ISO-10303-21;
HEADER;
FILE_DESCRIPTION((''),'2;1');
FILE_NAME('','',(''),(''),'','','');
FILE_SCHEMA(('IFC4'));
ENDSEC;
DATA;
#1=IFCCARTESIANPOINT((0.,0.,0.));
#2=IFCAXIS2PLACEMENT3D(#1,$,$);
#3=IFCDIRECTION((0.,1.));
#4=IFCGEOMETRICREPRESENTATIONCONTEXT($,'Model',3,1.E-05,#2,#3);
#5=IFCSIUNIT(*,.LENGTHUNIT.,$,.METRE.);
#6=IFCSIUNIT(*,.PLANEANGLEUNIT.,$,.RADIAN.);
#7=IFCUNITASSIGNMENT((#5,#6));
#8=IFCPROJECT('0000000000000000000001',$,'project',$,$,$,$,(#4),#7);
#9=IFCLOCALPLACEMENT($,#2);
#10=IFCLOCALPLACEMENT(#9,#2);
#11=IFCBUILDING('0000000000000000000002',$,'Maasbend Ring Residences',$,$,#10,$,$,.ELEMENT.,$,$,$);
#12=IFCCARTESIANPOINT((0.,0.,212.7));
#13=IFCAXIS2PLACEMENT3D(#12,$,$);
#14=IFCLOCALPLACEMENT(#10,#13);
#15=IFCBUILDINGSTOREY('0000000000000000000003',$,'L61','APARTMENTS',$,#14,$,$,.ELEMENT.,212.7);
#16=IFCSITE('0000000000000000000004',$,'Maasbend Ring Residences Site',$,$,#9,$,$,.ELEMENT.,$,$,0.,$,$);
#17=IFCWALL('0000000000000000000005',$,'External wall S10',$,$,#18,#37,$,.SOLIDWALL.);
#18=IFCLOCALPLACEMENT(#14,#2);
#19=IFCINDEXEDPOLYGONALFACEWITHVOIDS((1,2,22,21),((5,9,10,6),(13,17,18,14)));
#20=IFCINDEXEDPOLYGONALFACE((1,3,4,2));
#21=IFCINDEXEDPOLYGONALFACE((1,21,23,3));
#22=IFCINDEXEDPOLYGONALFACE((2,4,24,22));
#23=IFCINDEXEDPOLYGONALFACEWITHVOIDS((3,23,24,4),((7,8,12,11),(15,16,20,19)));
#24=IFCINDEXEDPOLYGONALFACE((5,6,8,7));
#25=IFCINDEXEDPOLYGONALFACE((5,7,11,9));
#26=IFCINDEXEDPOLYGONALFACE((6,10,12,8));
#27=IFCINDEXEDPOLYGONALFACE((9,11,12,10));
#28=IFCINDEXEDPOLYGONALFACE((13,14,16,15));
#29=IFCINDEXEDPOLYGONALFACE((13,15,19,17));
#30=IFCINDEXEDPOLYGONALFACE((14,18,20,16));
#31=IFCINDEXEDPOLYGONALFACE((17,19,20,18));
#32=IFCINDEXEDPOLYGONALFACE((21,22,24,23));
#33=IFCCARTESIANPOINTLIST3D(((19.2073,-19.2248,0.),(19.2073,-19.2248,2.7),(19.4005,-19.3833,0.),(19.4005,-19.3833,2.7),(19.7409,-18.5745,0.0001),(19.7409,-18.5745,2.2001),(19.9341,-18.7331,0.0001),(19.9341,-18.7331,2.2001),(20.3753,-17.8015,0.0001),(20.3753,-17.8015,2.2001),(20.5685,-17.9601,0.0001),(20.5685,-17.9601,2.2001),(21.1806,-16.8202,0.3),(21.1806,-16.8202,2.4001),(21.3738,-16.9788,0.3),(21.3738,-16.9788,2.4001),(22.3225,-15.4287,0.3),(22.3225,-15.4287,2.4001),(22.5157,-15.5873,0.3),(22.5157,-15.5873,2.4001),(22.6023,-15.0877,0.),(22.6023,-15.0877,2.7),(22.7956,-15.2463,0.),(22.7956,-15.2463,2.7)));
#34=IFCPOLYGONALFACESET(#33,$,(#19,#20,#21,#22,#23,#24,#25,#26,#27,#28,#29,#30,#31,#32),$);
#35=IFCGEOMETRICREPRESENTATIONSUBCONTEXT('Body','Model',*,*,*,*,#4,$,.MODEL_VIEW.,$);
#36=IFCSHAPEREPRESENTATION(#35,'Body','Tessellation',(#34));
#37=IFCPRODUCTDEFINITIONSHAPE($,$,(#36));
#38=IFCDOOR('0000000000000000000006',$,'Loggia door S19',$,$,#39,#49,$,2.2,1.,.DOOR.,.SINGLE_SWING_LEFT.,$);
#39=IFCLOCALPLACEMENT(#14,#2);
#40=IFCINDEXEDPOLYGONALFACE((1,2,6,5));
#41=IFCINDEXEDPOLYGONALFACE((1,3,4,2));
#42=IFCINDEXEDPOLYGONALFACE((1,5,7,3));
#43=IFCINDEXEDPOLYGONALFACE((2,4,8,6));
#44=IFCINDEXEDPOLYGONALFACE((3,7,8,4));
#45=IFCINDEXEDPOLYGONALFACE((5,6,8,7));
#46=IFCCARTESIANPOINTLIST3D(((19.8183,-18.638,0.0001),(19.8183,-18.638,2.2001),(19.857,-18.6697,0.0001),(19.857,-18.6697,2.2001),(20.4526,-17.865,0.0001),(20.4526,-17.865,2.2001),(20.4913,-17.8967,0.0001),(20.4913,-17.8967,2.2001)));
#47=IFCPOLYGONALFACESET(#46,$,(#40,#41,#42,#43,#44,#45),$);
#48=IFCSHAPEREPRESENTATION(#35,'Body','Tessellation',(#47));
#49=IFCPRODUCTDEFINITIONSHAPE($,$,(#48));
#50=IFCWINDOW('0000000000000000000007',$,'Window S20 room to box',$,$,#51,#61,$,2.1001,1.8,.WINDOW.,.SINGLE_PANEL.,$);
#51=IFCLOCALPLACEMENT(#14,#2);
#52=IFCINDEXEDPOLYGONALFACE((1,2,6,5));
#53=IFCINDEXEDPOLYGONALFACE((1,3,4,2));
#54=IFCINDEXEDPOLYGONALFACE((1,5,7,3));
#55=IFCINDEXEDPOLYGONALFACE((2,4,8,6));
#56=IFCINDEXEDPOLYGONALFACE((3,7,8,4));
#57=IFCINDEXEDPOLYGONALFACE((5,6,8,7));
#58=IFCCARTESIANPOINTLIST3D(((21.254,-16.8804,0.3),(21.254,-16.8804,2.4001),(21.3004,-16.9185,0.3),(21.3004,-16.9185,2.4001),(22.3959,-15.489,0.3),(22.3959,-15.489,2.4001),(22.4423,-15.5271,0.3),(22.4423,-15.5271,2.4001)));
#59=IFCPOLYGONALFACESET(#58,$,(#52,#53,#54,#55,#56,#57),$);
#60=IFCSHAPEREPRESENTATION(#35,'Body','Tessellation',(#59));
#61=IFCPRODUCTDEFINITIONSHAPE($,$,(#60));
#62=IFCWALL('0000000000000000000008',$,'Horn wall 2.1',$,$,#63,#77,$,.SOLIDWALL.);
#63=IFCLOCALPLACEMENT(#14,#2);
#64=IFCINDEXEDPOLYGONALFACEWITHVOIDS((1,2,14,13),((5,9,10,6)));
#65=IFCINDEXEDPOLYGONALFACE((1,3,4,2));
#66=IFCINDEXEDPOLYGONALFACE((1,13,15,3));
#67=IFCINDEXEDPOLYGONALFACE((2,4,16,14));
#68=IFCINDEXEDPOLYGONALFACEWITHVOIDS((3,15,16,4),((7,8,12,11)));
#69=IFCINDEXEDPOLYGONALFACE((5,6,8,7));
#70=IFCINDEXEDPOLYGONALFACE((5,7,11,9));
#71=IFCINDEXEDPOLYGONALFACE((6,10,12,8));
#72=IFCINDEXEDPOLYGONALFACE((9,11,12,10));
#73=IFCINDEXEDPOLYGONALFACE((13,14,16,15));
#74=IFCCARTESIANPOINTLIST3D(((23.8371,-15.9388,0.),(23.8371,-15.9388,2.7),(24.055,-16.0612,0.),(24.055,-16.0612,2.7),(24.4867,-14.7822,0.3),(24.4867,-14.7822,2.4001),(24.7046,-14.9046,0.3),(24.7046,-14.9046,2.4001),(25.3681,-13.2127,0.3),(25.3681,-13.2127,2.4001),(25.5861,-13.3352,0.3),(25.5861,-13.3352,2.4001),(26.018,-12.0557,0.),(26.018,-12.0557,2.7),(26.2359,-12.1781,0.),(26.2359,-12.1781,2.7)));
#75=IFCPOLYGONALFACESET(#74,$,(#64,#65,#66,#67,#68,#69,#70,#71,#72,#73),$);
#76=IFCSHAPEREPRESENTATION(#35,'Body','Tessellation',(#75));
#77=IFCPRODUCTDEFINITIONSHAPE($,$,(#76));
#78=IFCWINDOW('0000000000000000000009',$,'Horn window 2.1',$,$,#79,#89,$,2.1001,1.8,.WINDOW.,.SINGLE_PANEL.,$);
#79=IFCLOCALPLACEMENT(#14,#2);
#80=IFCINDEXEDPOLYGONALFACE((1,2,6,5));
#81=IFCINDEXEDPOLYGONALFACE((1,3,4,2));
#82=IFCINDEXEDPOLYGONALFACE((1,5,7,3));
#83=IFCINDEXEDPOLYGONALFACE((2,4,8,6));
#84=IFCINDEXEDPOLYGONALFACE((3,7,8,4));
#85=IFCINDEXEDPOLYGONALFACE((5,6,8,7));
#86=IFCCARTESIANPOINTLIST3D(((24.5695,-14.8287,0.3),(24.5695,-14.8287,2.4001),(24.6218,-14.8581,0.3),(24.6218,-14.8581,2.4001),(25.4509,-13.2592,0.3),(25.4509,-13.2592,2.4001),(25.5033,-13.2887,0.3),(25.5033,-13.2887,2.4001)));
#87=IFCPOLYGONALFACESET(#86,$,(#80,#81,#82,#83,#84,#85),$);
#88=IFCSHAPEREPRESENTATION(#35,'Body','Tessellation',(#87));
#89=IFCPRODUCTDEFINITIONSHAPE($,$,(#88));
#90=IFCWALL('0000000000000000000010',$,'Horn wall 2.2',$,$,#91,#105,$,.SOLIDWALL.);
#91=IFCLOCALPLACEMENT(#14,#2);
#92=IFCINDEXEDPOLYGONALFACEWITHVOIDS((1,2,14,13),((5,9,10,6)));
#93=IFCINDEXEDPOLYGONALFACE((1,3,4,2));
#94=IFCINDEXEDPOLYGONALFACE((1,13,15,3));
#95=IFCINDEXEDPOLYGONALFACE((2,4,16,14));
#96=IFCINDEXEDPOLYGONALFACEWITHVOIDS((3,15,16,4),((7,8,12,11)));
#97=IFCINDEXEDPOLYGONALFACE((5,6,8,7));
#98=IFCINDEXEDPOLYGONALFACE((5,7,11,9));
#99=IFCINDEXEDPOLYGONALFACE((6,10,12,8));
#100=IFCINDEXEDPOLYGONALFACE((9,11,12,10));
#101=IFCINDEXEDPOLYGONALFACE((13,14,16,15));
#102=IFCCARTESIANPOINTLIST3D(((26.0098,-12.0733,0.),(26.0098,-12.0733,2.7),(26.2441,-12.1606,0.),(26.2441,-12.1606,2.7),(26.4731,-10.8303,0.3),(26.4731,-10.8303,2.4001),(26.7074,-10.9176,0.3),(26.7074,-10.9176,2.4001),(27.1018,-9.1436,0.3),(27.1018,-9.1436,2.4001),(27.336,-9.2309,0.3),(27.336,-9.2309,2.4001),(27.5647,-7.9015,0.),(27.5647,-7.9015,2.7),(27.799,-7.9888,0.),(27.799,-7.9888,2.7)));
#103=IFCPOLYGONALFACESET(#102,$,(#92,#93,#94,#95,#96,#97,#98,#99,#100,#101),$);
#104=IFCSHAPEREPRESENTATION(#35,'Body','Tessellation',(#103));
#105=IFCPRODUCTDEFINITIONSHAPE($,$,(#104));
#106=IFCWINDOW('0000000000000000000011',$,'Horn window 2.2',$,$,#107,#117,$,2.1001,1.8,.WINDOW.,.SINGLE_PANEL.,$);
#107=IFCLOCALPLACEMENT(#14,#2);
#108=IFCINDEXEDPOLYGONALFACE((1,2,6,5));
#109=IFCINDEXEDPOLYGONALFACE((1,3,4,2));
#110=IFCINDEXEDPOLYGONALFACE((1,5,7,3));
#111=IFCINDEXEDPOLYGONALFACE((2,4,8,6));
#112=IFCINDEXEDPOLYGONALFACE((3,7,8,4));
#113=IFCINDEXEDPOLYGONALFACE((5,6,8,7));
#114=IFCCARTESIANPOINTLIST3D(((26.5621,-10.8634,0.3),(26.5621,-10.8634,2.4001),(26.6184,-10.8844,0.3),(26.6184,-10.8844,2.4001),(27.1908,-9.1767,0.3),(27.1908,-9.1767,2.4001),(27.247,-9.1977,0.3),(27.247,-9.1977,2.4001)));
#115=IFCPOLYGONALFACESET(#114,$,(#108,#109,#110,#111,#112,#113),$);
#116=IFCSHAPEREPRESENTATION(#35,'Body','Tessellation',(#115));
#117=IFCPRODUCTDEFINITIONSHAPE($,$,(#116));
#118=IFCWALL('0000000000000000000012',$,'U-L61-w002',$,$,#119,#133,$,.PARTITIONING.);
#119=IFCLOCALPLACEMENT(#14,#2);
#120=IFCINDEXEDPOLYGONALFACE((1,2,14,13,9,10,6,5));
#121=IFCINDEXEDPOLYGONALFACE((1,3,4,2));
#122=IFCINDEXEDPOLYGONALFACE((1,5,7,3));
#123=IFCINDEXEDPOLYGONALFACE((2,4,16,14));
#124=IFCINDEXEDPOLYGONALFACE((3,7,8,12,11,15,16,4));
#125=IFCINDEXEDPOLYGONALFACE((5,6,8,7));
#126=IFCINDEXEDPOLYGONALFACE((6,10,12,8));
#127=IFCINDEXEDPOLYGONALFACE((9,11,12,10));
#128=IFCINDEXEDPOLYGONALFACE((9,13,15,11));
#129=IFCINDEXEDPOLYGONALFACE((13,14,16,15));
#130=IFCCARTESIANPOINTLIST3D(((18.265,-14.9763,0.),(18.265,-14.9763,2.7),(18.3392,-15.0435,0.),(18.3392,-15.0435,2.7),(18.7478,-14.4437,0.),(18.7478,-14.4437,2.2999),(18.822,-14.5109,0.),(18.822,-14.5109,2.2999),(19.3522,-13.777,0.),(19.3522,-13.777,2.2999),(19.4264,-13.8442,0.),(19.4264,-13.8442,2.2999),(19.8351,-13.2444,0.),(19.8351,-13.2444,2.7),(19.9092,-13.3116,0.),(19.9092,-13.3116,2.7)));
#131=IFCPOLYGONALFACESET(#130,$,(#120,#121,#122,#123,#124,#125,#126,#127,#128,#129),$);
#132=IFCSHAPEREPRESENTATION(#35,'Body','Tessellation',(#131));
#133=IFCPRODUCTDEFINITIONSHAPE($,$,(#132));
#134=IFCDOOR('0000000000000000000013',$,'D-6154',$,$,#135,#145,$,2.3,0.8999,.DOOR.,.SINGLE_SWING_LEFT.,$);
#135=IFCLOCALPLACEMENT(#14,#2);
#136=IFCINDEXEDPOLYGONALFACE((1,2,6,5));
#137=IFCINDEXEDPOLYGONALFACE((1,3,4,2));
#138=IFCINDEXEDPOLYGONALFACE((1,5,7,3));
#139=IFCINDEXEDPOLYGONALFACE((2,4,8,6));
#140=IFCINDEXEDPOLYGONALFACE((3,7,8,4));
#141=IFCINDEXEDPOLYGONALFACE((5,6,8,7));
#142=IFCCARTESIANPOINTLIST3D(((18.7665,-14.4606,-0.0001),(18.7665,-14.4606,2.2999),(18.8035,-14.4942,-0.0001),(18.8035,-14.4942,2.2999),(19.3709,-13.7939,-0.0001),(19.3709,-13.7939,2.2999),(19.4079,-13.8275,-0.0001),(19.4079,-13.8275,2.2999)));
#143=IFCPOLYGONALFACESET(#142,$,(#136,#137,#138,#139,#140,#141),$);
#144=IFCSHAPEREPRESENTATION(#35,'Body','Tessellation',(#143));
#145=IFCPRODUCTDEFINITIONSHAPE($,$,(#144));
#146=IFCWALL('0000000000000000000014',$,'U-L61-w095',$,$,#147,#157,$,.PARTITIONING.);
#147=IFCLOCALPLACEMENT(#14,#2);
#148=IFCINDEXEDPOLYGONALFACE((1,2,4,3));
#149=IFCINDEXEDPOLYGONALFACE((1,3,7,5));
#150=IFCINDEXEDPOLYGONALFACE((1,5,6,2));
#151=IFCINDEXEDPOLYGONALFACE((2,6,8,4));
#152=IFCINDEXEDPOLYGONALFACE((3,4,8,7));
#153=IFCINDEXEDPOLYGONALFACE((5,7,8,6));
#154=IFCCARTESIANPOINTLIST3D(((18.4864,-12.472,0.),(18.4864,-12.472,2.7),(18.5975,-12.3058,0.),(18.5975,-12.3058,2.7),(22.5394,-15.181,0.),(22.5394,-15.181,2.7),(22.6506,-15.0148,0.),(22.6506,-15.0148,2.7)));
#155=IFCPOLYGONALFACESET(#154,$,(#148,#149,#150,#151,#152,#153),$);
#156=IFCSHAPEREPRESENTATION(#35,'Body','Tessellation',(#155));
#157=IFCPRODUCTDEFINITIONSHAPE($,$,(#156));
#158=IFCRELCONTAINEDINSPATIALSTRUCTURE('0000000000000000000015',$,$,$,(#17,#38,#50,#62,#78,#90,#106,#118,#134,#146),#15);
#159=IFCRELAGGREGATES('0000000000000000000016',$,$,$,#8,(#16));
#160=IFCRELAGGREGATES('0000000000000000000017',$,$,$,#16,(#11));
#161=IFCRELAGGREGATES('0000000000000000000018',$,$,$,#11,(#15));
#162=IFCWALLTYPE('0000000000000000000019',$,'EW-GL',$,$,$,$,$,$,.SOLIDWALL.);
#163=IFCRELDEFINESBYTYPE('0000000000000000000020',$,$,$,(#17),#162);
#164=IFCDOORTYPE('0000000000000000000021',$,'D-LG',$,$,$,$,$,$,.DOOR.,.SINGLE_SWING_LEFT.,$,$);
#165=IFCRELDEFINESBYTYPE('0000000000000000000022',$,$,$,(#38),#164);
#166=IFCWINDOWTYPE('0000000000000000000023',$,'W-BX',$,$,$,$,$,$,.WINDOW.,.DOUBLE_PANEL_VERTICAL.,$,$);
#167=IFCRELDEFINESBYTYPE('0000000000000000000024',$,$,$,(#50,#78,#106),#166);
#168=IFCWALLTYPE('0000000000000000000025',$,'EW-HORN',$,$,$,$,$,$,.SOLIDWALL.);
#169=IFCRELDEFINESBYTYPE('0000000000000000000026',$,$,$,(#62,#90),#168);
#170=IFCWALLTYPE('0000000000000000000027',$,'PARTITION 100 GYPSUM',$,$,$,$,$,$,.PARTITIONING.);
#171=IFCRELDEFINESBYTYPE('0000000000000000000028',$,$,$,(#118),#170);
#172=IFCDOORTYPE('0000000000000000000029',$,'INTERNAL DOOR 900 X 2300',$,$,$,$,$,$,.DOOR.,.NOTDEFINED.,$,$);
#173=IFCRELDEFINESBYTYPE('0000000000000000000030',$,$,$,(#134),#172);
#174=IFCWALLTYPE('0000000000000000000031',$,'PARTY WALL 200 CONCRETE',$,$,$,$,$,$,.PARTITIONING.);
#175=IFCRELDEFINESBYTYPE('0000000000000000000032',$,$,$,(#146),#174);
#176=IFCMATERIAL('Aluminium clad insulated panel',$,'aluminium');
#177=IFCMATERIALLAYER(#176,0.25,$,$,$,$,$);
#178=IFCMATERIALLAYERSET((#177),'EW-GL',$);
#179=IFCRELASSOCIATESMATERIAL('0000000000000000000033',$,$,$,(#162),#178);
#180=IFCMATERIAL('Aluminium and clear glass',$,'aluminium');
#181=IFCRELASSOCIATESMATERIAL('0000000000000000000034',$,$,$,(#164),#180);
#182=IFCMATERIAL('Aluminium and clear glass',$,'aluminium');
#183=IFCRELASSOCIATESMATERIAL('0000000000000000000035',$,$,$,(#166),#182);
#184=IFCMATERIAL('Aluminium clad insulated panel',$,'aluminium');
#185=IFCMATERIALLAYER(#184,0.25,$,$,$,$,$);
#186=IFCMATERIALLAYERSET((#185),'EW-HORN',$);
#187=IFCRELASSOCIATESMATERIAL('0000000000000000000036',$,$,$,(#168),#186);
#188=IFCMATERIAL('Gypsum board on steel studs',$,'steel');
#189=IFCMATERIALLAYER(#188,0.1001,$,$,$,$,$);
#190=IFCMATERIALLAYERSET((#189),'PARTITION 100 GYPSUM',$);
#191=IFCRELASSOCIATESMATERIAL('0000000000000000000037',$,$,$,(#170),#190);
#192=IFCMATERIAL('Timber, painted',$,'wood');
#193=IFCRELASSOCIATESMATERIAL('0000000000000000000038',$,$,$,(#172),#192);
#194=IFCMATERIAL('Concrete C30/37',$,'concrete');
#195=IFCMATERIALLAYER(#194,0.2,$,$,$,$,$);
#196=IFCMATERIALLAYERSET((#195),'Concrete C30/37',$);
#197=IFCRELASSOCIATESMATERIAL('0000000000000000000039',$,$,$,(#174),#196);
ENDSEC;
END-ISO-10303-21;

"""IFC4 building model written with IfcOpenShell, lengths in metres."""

from ifc_helpers import new_model, si_unit, direction, frame, frame_2d, origin, place, context, subcontext, project, spatial, rectangle, extrude, material, layer, layer_set, type_object, element, fill, save


model = new_model("IFC4")

# Units and contexts
model_context = context("Model", 3, precision=1e-05, world=origin(), true_north=direction((0.0, 1.0)))
body_context = subcontext(model_context, "Body", "Model", "MODEL_VIEW")
ifc_project = project(units=[si_unit("LENGTHUNIT", "METRE"), si_unit("PLANEANGLEUNIT", "RADIAN")], contexts=[model_context])

# Site, building, storey
site_placement = place(None, origin())
site = spatial("IfcSite", under=ifc_project, at=site_placement, Name="Maasbend Ring Residences Site", CompositionType="ELEMENT", RefElevation=0.0)
building_placement = place(site_placement, origin())
building = spatial("IfcBuilding", under=site, at=building_placement, Name="Maasbend Ring Residences", CompositionType="ELEMENT")
storey_placement = place(building_placement, frame((0.0, 0.0, 212.7)))
storey = spatial("IfcBuildingStorey", under=building, at=storey_placement, Name="L61", Description="APARTMENTS", CompositionType="ELEMENT", Elevation=212.7)

# Wall, openings, door, window
ifc_material_1 = material(Name="Aluminium clad insulated panel", Category="aluminium")
ifc_layer_1 = layer(ifc_material_1, 0.25)
ifc_layer_set_1 = layer_set([ifc_layer_1], Name="EW-GL")
wall_type_1 = type_object("IfcWallType", Name="EW-GL", PredefinedType="SOLIDWALL", material=ifc_layer_set_1)
wall_1_placement = place(storey_placement, frame((19.304, -19.304, 0.0), z_axis=(0.0, 0.0, 1.0), x_axis=(0.634382, 0.773019, 0.0)))
wall_1 = element("IfcWall", 1, at=wall_1_placement, inside=storey, type_object=wall_type_1, Name="External wall S10", PredefinedType="SOLIDWALL", context=body_context, shape_type="SweptSolid", body=[
    extrude(rectangle(XDim=5.3518, YDim=0.25, at=frame_2d((2.6758, 0.0))), origin(), (0.0, 0.0, 1.0), 2.7),
])
opening_1_placement = place(wall_1_placement, frame((0.8411, 0.0, 0.0)))
opening_1 = element("IfcOpeningElement", 2, at=opening_1_placement, cuts=wall_1, PredefinedType="OPENING", context=body_context, shape_type="SweptSolid", body=[
    extrude(rectangle(XDim=1.0, YDim=2.2, at=frame_2d((0.5, 1.1001))), frame((0.0, 0.135, 0.0), z_axis=(0.0, -1.0, 0.0), x_axis=(1.0, 0.0, 0.0)), (0.0, 0.0, 1.0), 0.27),
])
opening_2_placement = place(wall_1_placement, frame((3.1106, 0.0, 0.3)))
opening_2 = element("IfcOpeningElement", 3, at=opening_2_placement, cuts=wall_1, PredefinedType="OPENING", context=body_context, shape_type="SweptSolid", body=[
    extrude(rectangle(XDim=1.8, YDim=2.1001, at=frame_2d((0.8999, 1.05))), frame((0.0, 0.135, 0.0), z_axis=(0.0, -1.0, 0.0), x_axis=(1.0, 0.0, 0.0)), (0.0, 0.0, 1.0), 0.27),
])
ifc_material_2 = material(Name="Aluminium and clear glass", Category="aluminium")
door_type_1 = type_object("IfcDoorType", Name="D-LG", OperationType="SINGLE_SWING_LEFT", PredefinedType="DOOR", material=ifc_material_2)
door_1_placement = place(opening_1_placement, origin())
door_1 = element("IfcDoor", 4, at=door_1_placement, inside=storey, type_object=door_type_1, Name="Loggia door S19", OperationType="SINGLE_SWING_LEFT", OverallHeight=2.2, OverallWidth=1.0, PredefinedType="DOOR", context=body_context, shape_type="SweptSolid", body=[
    extrude(rectangle(XDim=1.0, YDim=2.2, at=frame_2d((0.5, 1.1001))), frame((0.0, 0.0249, 0.0), z_axis=(0.0, -1.0, 0.0), x_axis=(1.0, 0.0, 0.0)), (0.0, 0.0, 1.0), 0.05),
])
fill(opening_1, door_1)
ifc_material_3 = material(Name="Aluminium and clear glass", Category="aluminium")
window_type_1 = type_object("IfcWindowType", Name="W-BX", PartitioningType="DOUBLE_PANEL_VERTICAL", PredefinedType="WINDOW", material=ifc_material_3)
window_1_placement = place(opening_2_placement, origin())
window_1 = element("IfcWindow", 5, at=window_1_placement, inside=storey, type_object=window_type_1, Name="Window S20 room to box", OverallHeight=2.1001, OverallWidth=1.8, PartitioningType="SINGLE_PANEL", PredefinedType="WINDOW", context=body_context, shape_type="SweptSolid", body=[
    extrude(rectangle(XDim=1.8, YDim=2.1001, at=frame_2d((0.8999, 1.05))), frame((0.0, 0.03, 0.0), z_axis=(0.0, -1.0, 0.0), x_axis=(1.0, 0.0, 0.0)), (0.0, 0.0, 1.0), 0.0601),
])
fill(opening_2, window_1)

# Walls, openings, windows
ifc_material_4 = material(Name="Aluminium clad insulated panel", Category="aluminium")
ifc_layer_2 = layer(ifc_material_4, 0.25)
ifc_layer_set_2 = layer_set([ifc_layer_2], Name="EW-HORN")
wall_type_2 = type_object("IfcWallType", Name="EW-HORN", PredefinedType="SOLIDWALL", material=ifc_layer_set_2)
wall_2_placement = place(storey_placement, frame((23.946, -16.0, 0.0), z_axis=(0.0, 0.0, 1.0), x_axis=(0.489696, 0.871893, 0.0)))
wall_2 = element("IfcWall", 6, at=wall_2_placement, inside=storey, type_object=wall_type_2, Name="Horn wall 2.1", PredefinedType="SOLIDWALL", context=body_context, shape_type="SweptSolid", body=[
    extrude(rectangle(XDim=4.4536, YDim=0.25, at=frame_2d((2.2268, 0.0))), origin(), (0.0, 0.0, 1.0), 2.7),
])
opening_3_placement = place(wall_2_placement, frame((1.3267, 0.0, 0.3)))
opening_3 = element("IfcOpeningElement", 7, at=opening_3_placement, cuts=wall_2, PredefinedType="OPENING", context=body_context, shape_type="SweptSolid", body=[
    extrude(rectangle(XDim=1.8, YDim=2.1001, at=frame_2d((0.8999, 1.05))), frame((0.0, 0.135, 0.0), z_axis=(0.0, -1.0, 0.0), x_axis=(1.0, 0.0, 0.0)), (0.0, 0.0, 1.0), 0.27),
])
window_2_placement = place(opening_3_placement, origin())
window_2 = element("IfcWindow", 8, at=window_2_placement, inside=storey, type_object=window_type_1, Name="Horn window 2.1", OverallHeight=2.1001, OverallWidth=1.8, PartitioningType="SINGLE_PANEL", PredefinedType="WINDOW", context=body_context, shape_type="SweptSolid", body=[
    extrude(rectangle(XDim=1.8, YDim=2.1001, at=frame_2d((0.8999, 1.05))), frame((0.0, 0.03, 0.0), z_axis=(0.0, -1.0, 0.0), x_axis=(1.0, 0.0, 0.0)), (0.0, 0.0, 1.0), 0.0601),
])
fill(opening_3, window_2)
wall_3_placement = place(storey_placement, frame((26.127, -12.1169, 0.0), z_axis=(0.0, 0.0, 1.0), x_axis=(0.349248, 0.93703, 0.0)))
wall_3 = element("IfcWall", 9, at=wall_3_placement, inside=storey, type_object=wall_type_2, Name="Horn wall 2.2", PredefinedType="SOLIDWALL", context=body_context, shape_type="SweptSolid", body=[
    extrude(rectangle(XDim=4.4521, YDim=0.25, at=frame_2d((2.2261, 0.0))), origin(), (0.0, 0.0, 1.0), 2.7),
])
opening_4_placement = place(wall_3_placement, frame((1.3267, 0.0, 0.3)))
opening_4 = element("IfcOpeningElement", 10, at=opening_4_placement, cuts=wall_3, PredefinedType="OPENING", context=body_context, shape_type="SweptSolid", body=[
    extrude(rectangle(XDim=1.8, YDim=2.1001, at=frame_2d((0.8999, 1.05))), frame((0.0, 0.135, 0.0), z_axis=(0.0, -1.0, 0.0), x_axis=(1.0, 0.0, 0.0)), (0.0, 0.0, 1.0), 0.27),
])
window_3_placement = place(opening_4_placement, origin())
window_3 = element("IfcWindow", 11, at=window_3_placement, inside=storey, type_object=window_type_1, Name="Horn window 2.2", OverallHeight=2.1001, OverallWidth=1.8, PartitioningType="SINGLE_PANEL", PredefinedType="WINDOW", context=body_context, shape_type="SweptSolid", body=[
    extrude(rectangle(XDim=1.8, YDim=2.1001, at=frame_2d((0.8999, 1.05))), frame((0.0, 0.03, 0.0), z_axis=(0.0, -1.0, 0.0), x_axis=(1.0, 0.0, 0.0)), (0.0, 0.0, 1.0), 0.0601),
])
fill(opening_4, window_3)

# Wall, opening, door
ifc_material_5 = material(Name="Gypsum board on steel studs", Category="steel")
ifc_layer_3 = layer(ifc_material_5, 0.1001)
ifc_layer_set_3 = layer_set([ifc_layer_3], Name="PARTITION 100 GYPSUM")
wall_type_3 = type_object("IfcWallType", Name="PARTITION 100 GYPSUM", PredefinedType="PARTITIONING", material=ifc_layer_set_3)
wall_4_placement = place(storey_placement, frame((18.302, -15.01, 0.0), z_axis=(0.0, 0.0, 1.0), x_axis=(0.671638, 0.74088, 0.0)))
wall_4 = element("IfcWall", 12, at=wall_4_placement, inside=storey, type_object=wall_type_3, Name="U-L61-w002", PredefinedType="PARTITIONING", context=body_context, shape_type="SweptSolid", body=[
    extrude(rectangle(XDim=2.3376, YDim=0.1001, at=frame_2d((1.1689, 0.0))), origin(), (0.0, 0.0, 1.0), 2.7),
])
opening_5_placement = place(wall_4_placement, frame((0.719, 0.0, 0.0)))
opening_5 = element("IfcOpeningElement", 13, at=opening_5_placement, cuts=wall_4, PredefinedType="OPENING", context=body_context, shape_type="SweptSolid", body=[
    extrude(rectangle(XDim=0.8999, YDim=2.3, at=frame_2d((0.45, 1.1499))), frame((0.0, 0.0601, 0.0), z_axis=(0.0, -1.0, 0.0), x_axis=(1.0, 0.0, 0.0)), (0.0, 0.0, 1.0), 0.1201),
])
ifc_material_6 = material(Name="Timber, painted", Category="wood")
door_type_2 = type_object("IfcDoorType", Name="INTERNAL DOOR 900 X 2300", OperationType="NOTDEFINED", PredefinedType="DOOR", material=ifc_material_6)
door_2_placement = place(opening_5_placement, origin())
door_2 = element("IfcDoor", 14, at=door_2_placement, inside=storey, type_object=door_type_2, Name="D-6154", OperationType="SINGLE_SWING_LEFT", OverallHeight=2.3, OverallWidth=0.8999, PredefinedType="DOOR", context=body_context, shape_type="SweptSolid", body=[
    extrude(rectangle(XDim=0.8999, YDim=2.3, at=frame_2d((0.45, 1.1499))), frame((0.0, 0.0249, 0.0), z_axis=(0.0, -1.0, 0.0), x_axis=(1.0, 0.0, 0.0)), (0.0, 0.0, 1.0), 0.05),
])
fill(opening_5, door_2)

# Wall
ifc_material_7 = material(Name="Concrete C30/37", Category="concrete")
ifc_layer_4 = layer(ifc_material_7, 0.2)
ifc_layer_set_4 = layer_set([ifc_layer_4], Name="Concrete C30/37")
wall_type_4 = type_object("IfcWallType", Name="PARTY WALL 200 CONCRETE", PredefinedType="PARTITIONING", material=ifc_layer_set_4)
wall_5_placement = place(storey_placement, frame((18.542, -12.3889, 0.0), z_axis=(0.0, 0.0, 1.0), x_axis=(0.831387, -0.555694, 0.0)))
element("IfcWall", 15, at=wall_5_placement, inside=storey, type_object=wall_type_4, Name="U-L61-w095", PredefinedType="PARTITIONING", context=body_context, shape_type="SweptSolid", body=[
    extrude(rectangle(XDim=4.875, YDim=0.2, at=frame_2d((2.4375, 0.0))), origin(), (0.0, 0.0, 1.0), 2.7),
])

save(model, "model.ifc")
